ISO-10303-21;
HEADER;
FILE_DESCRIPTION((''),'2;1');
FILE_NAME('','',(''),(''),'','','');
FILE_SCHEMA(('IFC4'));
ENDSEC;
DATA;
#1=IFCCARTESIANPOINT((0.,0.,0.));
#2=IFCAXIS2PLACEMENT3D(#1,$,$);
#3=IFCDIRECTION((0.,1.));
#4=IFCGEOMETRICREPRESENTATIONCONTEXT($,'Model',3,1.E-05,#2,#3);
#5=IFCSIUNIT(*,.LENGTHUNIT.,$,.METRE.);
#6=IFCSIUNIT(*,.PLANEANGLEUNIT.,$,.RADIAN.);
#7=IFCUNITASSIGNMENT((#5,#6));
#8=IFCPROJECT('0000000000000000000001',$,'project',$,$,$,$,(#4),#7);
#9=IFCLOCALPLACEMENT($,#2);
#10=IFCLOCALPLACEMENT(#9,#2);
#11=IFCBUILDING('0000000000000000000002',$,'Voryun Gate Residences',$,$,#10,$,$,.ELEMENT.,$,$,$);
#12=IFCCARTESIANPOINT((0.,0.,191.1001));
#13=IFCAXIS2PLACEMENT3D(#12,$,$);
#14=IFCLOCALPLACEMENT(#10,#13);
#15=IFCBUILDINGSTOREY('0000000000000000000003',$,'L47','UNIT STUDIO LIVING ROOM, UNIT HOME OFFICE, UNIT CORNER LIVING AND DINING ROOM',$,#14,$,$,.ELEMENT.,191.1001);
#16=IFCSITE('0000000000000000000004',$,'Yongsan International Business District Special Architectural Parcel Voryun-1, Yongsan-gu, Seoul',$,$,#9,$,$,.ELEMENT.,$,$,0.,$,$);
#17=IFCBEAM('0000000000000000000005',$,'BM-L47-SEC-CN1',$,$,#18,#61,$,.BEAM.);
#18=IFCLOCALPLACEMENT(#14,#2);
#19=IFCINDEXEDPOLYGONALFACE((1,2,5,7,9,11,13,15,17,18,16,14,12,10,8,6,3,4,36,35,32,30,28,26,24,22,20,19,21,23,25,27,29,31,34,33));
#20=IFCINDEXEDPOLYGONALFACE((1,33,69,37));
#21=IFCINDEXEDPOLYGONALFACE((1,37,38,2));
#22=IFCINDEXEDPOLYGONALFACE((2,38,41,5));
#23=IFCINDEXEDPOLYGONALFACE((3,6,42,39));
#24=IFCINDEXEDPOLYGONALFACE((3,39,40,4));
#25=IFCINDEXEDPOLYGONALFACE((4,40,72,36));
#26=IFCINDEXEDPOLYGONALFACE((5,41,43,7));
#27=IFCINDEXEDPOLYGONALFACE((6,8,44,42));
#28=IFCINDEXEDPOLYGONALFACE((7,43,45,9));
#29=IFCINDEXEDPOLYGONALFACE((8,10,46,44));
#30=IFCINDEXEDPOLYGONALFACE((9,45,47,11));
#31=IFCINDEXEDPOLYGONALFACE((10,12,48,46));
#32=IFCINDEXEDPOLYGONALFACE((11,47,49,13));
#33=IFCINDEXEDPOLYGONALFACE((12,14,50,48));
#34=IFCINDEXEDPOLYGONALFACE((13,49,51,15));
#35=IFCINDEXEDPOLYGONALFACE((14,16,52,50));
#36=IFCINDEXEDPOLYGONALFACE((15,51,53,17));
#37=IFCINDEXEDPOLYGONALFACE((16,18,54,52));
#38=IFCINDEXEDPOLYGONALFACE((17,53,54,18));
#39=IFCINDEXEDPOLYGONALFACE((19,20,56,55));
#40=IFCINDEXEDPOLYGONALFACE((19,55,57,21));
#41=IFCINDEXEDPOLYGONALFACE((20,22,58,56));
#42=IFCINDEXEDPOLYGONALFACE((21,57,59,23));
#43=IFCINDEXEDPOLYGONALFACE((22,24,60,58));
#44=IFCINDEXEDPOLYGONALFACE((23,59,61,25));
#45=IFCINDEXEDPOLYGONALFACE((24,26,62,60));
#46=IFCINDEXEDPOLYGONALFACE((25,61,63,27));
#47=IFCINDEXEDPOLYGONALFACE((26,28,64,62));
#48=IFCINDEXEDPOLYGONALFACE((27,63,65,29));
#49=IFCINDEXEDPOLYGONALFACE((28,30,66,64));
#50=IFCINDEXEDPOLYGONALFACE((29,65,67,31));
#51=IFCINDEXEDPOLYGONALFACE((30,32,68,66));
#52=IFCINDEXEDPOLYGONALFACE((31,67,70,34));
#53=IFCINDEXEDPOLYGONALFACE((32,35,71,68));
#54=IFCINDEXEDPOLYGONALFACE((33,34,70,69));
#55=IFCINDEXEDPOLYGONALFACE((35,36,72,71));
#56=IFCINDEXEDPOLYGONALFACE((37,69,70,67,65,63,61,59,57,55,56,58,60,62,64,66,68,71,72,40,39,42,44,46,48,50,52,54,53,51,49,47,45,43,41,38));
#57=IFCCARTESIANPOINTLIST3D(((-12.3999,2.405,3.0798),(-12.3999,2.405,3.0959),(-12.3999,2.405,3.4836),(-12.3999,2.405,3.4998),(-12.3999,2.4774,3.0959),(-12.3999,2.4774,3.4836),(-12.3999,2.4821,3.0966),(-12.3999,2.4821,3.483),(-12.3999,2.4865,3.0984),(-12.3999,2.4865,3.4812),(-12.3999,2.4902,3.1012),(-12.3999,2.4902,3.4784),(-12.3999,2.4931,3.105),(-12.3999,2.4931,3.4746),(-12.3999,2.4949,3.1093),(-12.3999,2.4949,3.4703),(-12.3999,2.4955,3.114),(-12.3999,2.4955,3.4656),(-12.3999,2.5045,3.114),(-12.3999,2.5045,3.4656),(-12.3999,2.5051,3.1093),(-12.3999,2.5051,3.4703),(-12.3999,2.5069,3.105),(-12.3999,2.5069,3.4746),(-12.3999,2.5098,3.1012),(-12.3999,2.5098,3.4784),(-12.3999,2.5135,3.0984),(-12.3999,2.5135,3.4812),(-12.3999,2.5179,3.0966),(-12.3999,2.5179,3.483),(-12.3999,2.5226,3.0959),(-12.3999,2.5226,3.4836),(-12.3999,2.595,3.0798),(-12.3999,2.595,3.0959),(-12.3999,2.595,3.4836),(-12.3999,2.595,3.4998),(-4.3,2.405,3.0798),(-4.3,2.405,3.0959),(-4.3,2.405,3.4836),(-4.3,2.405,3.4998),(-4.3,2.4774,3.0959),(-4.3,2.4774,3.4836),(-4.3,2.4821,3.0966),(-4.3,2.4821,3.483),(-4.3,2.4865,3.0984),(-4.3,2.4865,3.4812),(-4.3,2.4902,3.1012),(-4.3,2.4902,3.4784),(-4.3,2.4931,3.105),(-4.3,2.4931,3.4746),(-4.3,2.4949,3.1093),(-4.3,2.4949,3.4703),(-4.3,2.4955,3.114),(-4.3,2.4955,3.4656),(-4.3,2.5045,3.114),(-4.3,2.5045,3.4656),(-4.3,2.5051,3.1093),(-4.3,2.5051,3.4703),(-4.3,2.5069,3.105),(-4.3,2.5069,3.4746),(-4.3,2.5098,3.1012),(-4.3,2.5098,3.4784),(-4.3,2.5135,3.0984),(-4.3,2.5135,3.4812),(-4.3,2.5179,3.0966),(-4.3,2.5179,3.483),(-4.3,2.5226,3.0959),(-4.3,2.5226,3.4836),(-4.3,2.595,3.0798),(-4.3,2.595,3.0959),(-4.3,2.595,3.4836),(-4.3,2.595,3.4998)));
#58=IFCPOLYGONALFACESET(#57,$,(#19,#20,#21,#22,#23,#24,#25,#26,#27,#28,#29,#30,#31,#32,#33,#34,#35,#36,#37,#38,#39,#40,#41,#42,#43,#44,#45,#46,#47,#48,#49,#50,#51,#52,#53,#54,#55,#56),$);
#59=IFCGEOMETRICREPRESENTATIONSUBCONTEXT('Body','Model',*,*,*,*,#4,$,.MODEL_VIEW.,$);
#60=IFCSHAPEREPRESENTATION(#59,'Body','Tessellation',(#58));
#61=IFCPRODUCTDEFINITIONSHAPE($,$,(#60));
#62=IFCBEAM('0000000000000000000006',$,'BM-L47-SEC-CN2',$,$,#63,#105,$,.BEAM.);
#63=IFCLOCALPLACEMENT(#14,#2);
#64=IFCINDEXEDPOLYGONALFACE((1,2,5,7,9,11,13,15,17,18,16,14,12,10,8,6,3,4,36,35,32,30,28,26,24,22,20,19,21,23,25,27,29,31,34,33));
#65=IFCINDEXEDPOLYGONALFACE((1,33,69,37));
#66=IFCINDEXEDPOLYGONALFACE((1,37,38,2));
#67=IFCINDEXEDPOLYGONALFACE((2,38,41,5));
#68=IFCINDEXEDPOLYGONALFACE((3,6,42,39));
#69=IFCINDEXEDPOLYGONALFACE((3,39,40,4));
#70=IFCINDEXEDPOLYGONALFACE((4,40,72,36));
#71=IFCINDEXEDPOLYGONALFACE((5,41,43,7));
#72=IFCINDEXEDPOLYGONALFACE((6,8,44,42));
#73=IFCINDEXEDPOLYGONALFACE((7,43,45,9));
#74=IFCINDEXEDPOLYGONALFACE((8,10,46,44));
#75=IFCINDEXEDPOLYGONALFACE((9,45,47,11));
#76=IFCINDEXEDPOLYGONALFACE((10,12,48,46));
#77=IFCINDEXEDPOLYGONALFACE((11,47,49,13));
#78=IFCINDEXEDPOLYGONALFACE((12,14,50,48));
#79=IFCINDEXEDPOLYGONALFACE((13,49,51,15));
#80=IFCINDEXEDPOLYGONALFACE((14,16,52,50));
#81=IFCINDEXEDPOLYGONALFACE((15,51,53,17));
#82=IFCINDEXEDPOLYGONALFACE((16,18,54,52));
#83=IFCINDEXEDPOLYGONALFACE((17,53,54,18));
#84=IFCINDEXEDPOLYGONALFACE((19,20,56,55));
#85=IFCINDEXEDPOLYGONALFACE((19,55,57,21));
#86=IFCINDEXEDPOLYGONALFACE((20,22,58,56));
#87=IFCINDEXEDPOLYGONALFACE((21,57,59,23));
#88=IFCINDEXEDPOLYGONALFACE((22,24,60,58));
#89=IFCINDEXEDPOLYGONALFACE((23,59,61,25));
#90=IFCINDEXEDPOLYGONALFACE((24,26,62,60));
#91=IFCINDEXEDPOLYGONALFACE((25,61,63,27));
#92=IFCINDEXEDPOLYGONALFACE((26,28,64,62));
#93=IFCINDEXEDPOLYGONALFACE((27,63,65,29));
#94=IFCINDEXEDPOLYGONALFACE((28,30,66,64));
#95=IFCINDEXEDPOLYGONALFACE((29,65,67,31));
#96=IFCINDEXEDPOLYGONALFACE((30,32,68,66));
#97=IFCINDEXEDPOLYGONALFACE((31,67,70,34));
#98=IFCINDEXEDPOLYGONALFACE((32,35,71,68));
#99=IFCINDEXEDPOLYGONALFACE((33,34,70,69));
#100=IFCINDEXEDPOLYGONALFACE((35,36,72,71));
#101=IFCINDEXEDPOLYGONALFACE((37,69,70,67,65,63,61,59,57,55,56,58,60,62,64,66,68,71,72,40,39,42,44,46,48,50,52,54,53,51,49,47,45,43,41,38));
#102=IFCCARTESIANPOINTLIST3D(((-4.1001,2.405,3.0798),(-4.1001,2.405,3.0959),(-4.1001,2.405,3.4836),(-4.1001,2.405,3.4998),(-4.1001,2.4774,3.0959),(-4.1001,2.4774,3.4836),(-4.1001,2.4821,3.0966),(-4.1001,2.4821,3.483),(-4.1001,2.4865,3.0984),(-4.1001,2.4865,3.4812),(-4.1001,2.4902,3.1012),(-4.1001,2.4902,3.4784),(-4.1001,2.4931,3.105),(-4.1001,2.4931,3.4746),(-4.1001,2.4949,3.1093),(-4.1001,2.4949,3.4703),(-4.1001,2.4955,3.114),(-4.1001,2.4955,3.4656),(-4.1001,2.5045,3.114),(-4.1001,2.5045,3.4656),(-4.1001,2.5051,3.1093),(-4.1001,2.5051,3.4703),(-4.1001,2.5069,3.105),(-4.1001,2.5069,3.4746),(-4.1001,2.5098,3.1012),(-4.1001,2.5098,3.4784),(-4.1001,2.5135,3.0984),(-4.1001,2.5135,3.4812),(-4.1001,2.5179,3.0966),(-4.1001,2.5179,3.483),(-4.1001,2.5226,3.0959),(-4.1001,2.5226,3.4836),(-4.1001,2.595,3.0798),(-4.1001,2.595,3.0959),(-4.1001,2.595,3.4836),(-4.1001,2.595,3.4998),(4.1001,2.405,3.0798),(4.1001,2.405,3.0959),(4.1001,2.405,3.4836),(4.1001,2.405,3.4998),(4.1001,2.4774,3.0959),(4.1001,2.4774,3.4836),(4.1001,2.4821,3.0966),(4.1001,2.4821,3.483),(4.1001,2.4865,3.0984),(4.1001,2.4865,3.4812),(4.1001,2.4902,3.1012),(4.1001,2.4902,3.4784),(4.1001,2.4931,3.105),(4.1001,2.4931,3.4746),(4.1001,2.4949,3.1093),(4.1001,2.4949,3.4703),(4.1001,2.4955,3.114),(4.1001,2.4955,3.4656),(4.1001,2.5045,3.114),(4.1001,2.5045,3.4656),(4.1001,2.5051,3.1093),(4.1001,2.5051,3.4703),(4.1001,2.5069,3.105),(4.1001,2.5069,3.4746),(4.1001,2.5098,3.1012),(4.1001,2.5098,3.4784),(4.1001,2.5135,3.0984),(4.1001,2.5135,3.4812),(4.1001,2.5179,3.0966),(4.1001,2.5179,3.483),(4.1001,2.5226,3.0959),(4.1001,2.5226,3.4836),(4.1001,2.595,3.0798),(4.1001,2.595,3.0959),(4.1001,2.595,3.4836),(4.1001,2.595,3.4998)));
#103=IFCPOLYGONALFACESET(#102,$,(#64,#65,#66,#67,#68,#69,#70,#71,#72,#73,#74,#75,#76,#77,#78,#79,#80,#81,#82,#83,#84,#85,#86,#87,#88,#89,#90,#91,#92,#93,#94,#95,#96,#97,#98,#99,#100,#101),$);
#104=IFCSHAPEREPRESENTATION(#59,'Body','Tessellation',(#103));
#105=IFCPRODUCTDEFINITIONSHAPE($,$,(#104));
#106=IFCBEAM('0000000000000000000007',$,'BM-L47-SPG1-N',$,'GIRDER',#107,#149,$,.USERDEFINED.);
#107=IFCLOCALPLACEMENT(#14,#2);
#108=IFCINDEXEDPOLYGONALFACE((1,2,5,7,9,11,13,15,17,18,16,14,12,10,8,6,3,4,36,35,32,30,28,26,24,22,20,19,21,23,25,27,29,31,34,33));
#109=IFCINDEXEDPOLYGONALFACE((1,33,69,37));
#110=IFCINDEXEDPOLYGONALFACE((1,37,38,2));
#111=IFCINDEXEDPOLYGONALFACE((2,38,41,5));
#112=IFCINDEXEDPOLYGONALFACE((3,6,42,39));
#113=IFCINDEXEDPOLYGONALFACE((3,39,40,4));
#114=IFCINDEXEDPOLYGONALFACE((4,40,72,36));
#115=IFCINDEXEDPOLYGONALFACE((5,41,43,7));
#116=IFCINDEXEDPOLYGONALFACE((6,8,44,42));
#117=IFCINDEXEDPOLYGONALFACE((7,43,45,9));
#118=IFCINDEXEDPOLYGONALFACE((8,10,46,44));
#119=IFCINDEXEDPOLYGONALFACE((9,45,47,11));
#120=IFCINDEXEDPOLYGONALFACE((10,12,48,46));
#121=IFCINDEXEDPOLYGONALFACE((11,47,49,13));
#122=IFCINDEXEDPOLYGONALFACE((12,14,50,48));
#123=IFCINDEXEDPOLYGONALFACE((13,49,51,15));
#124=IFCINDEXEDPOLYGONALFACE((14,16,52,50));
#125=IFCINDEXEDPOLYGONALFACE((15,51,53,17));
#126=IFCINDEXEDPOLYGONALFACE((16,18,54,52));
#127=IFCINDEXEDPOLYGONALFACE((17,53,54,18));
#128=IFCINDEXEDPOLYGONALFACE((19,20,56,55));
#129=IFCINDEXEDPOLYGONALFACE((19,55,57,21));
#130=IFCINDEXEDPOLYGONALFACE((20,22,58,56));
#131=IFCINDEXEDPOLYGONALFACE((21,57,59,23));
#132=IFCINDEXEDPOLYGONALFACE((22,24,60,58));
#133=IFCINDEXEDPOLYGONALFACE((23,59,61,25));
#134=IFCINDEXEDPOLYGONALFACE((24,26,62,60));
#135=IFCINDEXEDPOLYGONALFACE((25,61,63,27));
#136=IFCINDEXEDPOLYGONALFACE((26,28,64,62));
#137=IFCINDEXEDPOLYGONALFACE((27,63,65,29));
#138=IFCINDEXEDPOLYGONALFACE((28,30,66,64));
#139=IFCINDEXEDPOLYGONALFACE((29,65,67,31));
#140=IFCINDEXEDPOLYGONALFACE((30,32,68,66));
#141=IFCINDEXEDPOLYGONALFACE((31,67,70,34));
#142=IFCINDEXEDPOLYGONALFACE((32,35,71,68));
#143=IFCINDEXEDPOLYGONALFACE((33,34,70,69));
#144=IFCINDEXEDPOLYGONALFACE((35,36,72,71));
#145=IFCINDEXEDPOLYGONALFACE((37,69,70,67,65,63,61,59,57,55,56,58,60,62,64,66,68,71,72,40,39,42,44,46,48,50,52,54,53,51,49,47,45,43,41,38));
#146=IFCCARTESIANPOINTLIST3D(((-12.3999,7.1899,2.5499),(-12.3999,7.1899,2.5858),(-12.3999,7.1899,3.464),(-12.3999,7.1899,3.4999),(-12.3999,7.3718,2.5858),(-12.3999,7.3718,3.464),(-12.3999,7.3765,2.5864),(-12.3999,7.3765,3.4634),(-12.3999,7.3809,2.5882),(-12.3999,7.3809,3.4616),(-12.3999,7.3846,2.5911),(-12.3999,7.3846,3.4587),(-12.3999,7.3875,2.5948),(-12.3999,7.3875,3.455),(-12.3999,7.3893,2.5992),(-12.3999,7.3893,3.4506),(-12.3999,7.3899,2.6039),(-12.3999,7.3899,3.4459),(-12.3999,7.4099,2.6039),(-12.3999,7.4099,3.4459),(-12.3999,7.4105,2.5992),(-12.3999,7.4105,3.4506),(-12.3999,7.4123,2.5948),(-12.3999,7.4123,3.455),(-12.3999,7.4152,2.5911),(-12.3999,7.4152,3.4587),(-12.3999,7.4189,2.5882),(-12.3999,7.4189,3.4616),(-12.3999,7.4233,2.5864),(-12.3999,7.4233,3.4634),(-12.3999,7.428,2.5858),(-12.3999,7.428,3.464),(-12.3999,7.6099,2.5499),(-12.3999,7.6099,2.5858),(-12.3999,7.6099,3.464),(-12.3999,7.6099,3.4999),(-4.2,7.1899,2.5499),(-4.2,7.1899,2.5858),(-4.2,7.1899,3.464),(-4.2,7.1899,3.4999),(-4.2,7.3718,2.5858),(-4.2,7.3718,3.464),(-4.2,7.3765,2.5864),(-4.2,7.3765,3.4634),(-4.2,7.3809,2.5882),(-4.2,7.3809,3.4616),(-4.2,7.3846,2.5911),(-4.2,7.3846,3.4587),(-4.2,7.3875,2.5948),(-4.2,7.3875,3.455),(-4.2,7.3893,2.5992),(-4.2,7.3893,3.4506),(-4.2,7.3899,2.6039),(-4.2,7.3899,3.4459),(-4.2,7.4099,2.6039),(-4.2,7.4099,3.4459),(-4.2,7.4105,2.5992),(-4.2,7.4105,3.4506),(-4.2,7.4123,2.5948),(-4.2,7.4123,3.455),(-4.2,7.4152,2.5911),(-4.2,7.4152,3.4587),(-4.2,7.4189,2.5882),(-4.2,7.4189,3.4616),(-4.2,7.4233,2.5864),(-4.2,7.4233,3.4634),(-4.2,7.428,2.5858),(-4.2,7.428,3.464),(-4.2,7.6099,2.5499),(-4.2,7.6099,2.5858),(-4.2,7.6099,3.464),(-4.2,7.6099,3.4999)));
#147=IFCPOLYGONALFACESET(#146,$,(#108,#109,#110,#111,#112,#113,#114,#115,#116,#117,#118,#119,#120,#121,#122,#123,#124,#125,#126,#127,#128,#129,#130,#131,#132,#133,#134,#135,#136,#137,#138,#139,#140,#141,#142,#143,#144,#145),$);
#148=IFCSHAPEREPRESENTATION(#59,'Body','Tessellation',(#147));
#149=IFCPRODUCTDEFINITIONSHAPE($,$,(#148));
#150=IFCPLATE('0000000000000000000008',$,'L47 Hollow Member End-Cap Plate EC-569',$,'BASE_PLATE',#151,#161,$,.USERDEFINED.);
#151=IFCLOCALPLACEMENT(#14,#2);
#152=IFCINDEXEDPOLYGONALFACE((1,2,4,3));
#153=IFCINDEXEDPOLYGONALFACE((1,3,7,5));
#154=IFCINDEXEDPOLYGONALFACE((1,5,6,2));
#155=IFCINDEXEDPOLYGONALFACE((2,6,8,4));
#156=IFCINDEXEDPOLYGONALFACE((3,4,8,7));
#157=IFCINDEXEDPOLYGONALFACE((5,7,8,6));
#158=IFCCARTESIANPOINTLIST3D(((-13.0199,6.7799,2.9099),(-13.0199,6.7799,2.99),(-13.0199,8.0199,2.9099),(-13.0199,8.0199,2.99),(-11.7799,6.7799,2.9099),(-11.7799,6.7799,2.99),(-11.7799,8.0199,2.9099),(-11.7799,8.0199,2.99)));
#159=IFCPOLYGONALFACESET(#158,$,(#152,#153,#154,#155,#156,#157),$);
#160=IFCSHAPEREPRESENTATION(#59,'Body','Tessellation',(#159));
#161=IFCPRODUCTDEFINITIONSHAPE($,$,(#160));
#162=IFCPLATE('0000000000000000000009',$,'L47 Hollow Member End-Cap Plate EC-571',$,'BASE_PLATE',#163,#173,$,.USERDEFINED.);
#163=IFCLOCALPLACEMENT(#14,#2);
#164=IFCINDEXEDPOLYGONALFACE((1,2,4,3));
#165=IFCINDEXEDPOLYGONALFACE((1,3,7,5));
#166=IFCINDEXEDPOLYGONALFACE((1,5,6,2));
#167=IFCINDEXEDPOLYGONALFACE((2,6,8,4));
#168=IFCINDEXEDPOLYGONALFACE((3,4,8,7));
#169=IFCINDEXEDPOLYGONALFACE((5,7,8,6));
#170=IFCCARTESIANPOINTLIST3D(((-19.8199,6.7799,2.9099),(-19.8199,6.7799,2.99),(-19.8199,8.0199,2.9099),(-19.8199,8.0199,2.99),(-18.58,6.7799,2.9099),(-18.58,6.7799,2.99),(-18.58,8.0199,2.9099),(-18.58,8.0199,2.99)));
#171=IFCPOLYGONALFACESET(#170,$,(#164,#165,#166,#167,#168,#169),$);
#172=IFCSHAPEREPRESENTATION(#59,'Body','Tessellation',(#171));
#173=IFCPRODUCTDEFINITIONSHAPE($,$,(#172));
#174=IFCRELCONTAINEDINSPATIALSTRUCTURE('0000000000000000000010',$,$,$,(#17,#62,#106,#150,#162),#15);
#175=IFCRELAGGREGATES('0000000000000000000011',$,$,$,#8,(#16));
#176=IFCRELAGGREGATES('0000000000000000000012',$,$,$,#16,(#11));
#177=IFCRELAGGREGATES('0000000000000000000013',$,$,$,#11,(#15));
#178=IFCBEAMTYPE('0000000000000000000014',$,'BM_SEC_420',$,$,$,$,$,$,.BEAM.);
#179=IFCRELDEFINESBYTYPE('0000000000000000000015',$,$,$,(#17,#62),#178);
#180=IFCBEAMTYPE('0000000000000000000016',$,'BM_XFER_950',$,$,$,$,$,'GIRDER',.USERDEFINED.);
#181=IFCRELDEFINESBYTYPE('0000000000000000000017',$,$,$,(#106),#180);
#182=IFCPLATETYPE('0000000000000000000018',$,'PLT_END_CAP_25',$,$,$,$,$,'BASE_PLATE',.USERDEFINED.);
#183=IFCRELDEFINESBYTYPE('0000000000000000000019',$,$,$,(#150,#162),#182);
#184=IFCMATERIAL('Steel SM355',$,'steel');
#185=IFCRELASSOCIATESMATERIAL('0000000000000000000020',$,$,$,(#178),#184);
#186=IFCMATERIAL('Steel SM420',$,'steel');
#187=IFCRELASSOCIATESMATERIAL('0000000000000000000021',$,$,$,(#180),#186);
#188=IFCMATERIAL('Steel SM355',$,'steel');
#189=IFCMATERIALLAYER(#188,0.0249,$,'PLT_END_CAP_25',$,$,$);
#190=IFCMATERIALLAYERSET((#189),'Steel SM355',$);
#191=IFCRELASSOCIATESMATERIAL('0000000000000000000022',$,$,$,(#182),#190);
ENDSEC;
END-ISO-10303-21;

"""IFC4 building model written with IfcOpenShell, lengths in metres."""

from ifc_helpers import new_model, si_unit, direction, frame, origin, origin_2d, place, context, subcontext, project, spatial, rectangle, i_section, extrude, material, layer, layer_set, material_profile, profile_set, type_object, element, save


model = new_model("IFC4")

# Units and contexts
model_context = context("Model", 3, precision=1e-05, world=origin(), true_north=direction((0.0, 1.0)))
body_context = subcontext(model_context, "Body", "Model", "MODEL_VIEW")
ifc_project = project(units=[si_unit("LENGTHUNIT", "METRE"), si_unit("PLANEANGLEUNIT", "RADIAN")], contexts=[model_context])

# Site, building, storey
site_placement = place(None, origin())
site = spatial("IfcSite", under=ifc_project, at=site_placement, Name="Yongsan International Business District Special Architectural Parcel Voryun-1, Yongsan-gu, Seoul", CompositionType="ELEMENT", RefElevation=0.0)
building_placement = place(site_placement, origin())
building = spatial("IfcBuilding", under=site, at=building_placement, Name="Voryun Gate Residences", CompositionType="ELEMENT")
storey_placement = place(building_placement, frame((0.0, 0.0, 191.1001)))
storey = spatial("IfcBuildingStorey", under=building, at=storey_placement, Name="L47", Description="UNIT STUDIO LIVING ROOM, UNIT HOME OFFICE, UNIT CORNER LIVING AND DINING ROOM", CompositionType="ELEMENT", Elevation=191.1001)

# Beams
ifc_material_1 = material(Name="Steel SM355", Category="steel")
ifc_material_profile_1 = material_profile(ifc_material_1, i_section(OverallWidth=0.1899, OverallDepth=0.4199, WebThickness=0.009, FlangeThickness=0.0161, FilletRadius=0.0181, at=origin_2d()), Name="H-420x190x9x16")
ifc_profile_set_1 = profile_set([ifc_material_profile_1], Name="Steel SM355")
beam_type_1 = type_object("IfcBeamType", Name="BM_SEC_420", PredefinedType="BEAM", material=ifc_profile_set_1)
beam_1_placement = place(storey_placement, frame((-12.3999, 2.5, 3.2898), z_axis=(1.0, 0.0, 0.0), x_axis=(0.0, 1.0, 0.0)))
element("IfcBeam", 1, at=beam_1_placement, inside=storey, type_object=beam_type_1, Name="BM-L47-SEC-CN1", PredefinedType="BEAM", context=body_context, shape_type="SweptSolid", body=[
    extrude(i_section(OverallWidth=0.1899, OverallDepth=0.4199, WebThickness=0.009, FlangeThickness=0.0161, FilletRadius=0.0181, at=origin_2d()), origin(), (0.0, 0.0, 1.0), 8.0999),
])
beam_2_placement = place(storey_placement, frame((-4.1001, 2.5, 3.2898), z_axis=(1.0, 0.0, 0.0), x_axis=(0.0, 1.0, 0.0)))
element("IfcBeam", 2, at=beam_2_placement, inside=storey, type_object=beam_type_1, Name="BM-L47-SEC-CN2", PredefinedType="BEAM", context=body_context, shape_type="SweptSolid", body=[
    extrude(i_section(OverallWidth=0.1899, OverallDepth=0.4199, WebThickness=0.009, FlangeThickness=0.0161, FilletRadius=0.0181, at=origin_2d()), origin(), (0.0, 0.0, 1.0), 8.2002),
])
ifc_material_2 = material(Name="Steel SM420", Category="steel")
ifc_material_profile_2 = material_profile(ifc_material_2, i_section(OverallWidth=0.4199, OverallDepth=0.95, WebThickness=0.02, FlangeThickness=0.0359, FilletRadius=0.0181, at=origin_2d()), Name="H-950x420x20x36")
ifc_profile_set_2 = profile_set([ifc_material_profile_2], Name="Steel SM420")
beam_type_2 = type_object("IfcBeamType", Name="BM_XFER_950", ElementType="GIRDER", PredefinedType="USERDEFINED", material=ifc_profile_set_2)
beam_3_placement = place(storey_placement, frame((-12.3999, 7.3999, 3.0249), z_axis=(1.0, 0.0, 0.0), x_axis=(0.0, 1.0, 0.0)))
element("IfcBeam", 3, at=beam_3_placement, inside=storey, type_object=beam_type_2, Name="BM-L47-SPG1-N", ObjectType="GIRDER", PredefinedType="USERDEFINED", context=body_context, shape_type="SweptSolid", body=[
    extrude(i_section(OverallWidth=0.4199, OverallDepth=0.95, WebThickness=0.02, FlangeThickness=0.0359, FilletRadius=0.0181, at=origin_2d()), origin(), (0.0, 0.0, 1.0), 8.2),
])

# Plates
ifc_material_3 = material(Name="Steel SM355", Category="steel")
ifc_layer_1 = layer(ifc_material_3, 0.0249, Name="PLT_END_CAP_25")
ifc_layer_set_1 = layer_set([ifc_layer_1], Name="Steel SM355")
plate_type = type_object("IfcPlateType", Name="PLT_END_CAP_25", ElementType="BASE_PLATE", PredefinedType="USERDEFINED", material=ifc_layer_set_1)
for number, where, z_axis, x_axis, name in (
    (4, (-12.3999, 7.3999, 2.9099), (0.0, 0.0, 1.0), (1.0, 0.0, 0.0), "L47 Hollow Member End-Cap Plate EC-569"),
    (5, (-19.2, 7.3999, 2.9099), (0.0, 0.0, 1.0), (1.0, 0.0, 0.0), "L47 Hollow Member End-Cap Plate EC-571"),
):
    element("IfcPlate", number, at=place(storey_placement, frame(where, z_axis=z_axis, x_axis=x_axis)), inside=storey, type_object=plate_type, Name=name, ObjectType="BASE_PLATE", PredefinedType="USERDEFINED", context=body_context, shape_type="SweptSolid", body=[
        extrude(rectangle(XDim=1.24, YDim=1.24, at=origin_2d()), origin(), (0.0, 0.0, 1.0), 0.0801),
    ])

save(model, "model.ifc")
